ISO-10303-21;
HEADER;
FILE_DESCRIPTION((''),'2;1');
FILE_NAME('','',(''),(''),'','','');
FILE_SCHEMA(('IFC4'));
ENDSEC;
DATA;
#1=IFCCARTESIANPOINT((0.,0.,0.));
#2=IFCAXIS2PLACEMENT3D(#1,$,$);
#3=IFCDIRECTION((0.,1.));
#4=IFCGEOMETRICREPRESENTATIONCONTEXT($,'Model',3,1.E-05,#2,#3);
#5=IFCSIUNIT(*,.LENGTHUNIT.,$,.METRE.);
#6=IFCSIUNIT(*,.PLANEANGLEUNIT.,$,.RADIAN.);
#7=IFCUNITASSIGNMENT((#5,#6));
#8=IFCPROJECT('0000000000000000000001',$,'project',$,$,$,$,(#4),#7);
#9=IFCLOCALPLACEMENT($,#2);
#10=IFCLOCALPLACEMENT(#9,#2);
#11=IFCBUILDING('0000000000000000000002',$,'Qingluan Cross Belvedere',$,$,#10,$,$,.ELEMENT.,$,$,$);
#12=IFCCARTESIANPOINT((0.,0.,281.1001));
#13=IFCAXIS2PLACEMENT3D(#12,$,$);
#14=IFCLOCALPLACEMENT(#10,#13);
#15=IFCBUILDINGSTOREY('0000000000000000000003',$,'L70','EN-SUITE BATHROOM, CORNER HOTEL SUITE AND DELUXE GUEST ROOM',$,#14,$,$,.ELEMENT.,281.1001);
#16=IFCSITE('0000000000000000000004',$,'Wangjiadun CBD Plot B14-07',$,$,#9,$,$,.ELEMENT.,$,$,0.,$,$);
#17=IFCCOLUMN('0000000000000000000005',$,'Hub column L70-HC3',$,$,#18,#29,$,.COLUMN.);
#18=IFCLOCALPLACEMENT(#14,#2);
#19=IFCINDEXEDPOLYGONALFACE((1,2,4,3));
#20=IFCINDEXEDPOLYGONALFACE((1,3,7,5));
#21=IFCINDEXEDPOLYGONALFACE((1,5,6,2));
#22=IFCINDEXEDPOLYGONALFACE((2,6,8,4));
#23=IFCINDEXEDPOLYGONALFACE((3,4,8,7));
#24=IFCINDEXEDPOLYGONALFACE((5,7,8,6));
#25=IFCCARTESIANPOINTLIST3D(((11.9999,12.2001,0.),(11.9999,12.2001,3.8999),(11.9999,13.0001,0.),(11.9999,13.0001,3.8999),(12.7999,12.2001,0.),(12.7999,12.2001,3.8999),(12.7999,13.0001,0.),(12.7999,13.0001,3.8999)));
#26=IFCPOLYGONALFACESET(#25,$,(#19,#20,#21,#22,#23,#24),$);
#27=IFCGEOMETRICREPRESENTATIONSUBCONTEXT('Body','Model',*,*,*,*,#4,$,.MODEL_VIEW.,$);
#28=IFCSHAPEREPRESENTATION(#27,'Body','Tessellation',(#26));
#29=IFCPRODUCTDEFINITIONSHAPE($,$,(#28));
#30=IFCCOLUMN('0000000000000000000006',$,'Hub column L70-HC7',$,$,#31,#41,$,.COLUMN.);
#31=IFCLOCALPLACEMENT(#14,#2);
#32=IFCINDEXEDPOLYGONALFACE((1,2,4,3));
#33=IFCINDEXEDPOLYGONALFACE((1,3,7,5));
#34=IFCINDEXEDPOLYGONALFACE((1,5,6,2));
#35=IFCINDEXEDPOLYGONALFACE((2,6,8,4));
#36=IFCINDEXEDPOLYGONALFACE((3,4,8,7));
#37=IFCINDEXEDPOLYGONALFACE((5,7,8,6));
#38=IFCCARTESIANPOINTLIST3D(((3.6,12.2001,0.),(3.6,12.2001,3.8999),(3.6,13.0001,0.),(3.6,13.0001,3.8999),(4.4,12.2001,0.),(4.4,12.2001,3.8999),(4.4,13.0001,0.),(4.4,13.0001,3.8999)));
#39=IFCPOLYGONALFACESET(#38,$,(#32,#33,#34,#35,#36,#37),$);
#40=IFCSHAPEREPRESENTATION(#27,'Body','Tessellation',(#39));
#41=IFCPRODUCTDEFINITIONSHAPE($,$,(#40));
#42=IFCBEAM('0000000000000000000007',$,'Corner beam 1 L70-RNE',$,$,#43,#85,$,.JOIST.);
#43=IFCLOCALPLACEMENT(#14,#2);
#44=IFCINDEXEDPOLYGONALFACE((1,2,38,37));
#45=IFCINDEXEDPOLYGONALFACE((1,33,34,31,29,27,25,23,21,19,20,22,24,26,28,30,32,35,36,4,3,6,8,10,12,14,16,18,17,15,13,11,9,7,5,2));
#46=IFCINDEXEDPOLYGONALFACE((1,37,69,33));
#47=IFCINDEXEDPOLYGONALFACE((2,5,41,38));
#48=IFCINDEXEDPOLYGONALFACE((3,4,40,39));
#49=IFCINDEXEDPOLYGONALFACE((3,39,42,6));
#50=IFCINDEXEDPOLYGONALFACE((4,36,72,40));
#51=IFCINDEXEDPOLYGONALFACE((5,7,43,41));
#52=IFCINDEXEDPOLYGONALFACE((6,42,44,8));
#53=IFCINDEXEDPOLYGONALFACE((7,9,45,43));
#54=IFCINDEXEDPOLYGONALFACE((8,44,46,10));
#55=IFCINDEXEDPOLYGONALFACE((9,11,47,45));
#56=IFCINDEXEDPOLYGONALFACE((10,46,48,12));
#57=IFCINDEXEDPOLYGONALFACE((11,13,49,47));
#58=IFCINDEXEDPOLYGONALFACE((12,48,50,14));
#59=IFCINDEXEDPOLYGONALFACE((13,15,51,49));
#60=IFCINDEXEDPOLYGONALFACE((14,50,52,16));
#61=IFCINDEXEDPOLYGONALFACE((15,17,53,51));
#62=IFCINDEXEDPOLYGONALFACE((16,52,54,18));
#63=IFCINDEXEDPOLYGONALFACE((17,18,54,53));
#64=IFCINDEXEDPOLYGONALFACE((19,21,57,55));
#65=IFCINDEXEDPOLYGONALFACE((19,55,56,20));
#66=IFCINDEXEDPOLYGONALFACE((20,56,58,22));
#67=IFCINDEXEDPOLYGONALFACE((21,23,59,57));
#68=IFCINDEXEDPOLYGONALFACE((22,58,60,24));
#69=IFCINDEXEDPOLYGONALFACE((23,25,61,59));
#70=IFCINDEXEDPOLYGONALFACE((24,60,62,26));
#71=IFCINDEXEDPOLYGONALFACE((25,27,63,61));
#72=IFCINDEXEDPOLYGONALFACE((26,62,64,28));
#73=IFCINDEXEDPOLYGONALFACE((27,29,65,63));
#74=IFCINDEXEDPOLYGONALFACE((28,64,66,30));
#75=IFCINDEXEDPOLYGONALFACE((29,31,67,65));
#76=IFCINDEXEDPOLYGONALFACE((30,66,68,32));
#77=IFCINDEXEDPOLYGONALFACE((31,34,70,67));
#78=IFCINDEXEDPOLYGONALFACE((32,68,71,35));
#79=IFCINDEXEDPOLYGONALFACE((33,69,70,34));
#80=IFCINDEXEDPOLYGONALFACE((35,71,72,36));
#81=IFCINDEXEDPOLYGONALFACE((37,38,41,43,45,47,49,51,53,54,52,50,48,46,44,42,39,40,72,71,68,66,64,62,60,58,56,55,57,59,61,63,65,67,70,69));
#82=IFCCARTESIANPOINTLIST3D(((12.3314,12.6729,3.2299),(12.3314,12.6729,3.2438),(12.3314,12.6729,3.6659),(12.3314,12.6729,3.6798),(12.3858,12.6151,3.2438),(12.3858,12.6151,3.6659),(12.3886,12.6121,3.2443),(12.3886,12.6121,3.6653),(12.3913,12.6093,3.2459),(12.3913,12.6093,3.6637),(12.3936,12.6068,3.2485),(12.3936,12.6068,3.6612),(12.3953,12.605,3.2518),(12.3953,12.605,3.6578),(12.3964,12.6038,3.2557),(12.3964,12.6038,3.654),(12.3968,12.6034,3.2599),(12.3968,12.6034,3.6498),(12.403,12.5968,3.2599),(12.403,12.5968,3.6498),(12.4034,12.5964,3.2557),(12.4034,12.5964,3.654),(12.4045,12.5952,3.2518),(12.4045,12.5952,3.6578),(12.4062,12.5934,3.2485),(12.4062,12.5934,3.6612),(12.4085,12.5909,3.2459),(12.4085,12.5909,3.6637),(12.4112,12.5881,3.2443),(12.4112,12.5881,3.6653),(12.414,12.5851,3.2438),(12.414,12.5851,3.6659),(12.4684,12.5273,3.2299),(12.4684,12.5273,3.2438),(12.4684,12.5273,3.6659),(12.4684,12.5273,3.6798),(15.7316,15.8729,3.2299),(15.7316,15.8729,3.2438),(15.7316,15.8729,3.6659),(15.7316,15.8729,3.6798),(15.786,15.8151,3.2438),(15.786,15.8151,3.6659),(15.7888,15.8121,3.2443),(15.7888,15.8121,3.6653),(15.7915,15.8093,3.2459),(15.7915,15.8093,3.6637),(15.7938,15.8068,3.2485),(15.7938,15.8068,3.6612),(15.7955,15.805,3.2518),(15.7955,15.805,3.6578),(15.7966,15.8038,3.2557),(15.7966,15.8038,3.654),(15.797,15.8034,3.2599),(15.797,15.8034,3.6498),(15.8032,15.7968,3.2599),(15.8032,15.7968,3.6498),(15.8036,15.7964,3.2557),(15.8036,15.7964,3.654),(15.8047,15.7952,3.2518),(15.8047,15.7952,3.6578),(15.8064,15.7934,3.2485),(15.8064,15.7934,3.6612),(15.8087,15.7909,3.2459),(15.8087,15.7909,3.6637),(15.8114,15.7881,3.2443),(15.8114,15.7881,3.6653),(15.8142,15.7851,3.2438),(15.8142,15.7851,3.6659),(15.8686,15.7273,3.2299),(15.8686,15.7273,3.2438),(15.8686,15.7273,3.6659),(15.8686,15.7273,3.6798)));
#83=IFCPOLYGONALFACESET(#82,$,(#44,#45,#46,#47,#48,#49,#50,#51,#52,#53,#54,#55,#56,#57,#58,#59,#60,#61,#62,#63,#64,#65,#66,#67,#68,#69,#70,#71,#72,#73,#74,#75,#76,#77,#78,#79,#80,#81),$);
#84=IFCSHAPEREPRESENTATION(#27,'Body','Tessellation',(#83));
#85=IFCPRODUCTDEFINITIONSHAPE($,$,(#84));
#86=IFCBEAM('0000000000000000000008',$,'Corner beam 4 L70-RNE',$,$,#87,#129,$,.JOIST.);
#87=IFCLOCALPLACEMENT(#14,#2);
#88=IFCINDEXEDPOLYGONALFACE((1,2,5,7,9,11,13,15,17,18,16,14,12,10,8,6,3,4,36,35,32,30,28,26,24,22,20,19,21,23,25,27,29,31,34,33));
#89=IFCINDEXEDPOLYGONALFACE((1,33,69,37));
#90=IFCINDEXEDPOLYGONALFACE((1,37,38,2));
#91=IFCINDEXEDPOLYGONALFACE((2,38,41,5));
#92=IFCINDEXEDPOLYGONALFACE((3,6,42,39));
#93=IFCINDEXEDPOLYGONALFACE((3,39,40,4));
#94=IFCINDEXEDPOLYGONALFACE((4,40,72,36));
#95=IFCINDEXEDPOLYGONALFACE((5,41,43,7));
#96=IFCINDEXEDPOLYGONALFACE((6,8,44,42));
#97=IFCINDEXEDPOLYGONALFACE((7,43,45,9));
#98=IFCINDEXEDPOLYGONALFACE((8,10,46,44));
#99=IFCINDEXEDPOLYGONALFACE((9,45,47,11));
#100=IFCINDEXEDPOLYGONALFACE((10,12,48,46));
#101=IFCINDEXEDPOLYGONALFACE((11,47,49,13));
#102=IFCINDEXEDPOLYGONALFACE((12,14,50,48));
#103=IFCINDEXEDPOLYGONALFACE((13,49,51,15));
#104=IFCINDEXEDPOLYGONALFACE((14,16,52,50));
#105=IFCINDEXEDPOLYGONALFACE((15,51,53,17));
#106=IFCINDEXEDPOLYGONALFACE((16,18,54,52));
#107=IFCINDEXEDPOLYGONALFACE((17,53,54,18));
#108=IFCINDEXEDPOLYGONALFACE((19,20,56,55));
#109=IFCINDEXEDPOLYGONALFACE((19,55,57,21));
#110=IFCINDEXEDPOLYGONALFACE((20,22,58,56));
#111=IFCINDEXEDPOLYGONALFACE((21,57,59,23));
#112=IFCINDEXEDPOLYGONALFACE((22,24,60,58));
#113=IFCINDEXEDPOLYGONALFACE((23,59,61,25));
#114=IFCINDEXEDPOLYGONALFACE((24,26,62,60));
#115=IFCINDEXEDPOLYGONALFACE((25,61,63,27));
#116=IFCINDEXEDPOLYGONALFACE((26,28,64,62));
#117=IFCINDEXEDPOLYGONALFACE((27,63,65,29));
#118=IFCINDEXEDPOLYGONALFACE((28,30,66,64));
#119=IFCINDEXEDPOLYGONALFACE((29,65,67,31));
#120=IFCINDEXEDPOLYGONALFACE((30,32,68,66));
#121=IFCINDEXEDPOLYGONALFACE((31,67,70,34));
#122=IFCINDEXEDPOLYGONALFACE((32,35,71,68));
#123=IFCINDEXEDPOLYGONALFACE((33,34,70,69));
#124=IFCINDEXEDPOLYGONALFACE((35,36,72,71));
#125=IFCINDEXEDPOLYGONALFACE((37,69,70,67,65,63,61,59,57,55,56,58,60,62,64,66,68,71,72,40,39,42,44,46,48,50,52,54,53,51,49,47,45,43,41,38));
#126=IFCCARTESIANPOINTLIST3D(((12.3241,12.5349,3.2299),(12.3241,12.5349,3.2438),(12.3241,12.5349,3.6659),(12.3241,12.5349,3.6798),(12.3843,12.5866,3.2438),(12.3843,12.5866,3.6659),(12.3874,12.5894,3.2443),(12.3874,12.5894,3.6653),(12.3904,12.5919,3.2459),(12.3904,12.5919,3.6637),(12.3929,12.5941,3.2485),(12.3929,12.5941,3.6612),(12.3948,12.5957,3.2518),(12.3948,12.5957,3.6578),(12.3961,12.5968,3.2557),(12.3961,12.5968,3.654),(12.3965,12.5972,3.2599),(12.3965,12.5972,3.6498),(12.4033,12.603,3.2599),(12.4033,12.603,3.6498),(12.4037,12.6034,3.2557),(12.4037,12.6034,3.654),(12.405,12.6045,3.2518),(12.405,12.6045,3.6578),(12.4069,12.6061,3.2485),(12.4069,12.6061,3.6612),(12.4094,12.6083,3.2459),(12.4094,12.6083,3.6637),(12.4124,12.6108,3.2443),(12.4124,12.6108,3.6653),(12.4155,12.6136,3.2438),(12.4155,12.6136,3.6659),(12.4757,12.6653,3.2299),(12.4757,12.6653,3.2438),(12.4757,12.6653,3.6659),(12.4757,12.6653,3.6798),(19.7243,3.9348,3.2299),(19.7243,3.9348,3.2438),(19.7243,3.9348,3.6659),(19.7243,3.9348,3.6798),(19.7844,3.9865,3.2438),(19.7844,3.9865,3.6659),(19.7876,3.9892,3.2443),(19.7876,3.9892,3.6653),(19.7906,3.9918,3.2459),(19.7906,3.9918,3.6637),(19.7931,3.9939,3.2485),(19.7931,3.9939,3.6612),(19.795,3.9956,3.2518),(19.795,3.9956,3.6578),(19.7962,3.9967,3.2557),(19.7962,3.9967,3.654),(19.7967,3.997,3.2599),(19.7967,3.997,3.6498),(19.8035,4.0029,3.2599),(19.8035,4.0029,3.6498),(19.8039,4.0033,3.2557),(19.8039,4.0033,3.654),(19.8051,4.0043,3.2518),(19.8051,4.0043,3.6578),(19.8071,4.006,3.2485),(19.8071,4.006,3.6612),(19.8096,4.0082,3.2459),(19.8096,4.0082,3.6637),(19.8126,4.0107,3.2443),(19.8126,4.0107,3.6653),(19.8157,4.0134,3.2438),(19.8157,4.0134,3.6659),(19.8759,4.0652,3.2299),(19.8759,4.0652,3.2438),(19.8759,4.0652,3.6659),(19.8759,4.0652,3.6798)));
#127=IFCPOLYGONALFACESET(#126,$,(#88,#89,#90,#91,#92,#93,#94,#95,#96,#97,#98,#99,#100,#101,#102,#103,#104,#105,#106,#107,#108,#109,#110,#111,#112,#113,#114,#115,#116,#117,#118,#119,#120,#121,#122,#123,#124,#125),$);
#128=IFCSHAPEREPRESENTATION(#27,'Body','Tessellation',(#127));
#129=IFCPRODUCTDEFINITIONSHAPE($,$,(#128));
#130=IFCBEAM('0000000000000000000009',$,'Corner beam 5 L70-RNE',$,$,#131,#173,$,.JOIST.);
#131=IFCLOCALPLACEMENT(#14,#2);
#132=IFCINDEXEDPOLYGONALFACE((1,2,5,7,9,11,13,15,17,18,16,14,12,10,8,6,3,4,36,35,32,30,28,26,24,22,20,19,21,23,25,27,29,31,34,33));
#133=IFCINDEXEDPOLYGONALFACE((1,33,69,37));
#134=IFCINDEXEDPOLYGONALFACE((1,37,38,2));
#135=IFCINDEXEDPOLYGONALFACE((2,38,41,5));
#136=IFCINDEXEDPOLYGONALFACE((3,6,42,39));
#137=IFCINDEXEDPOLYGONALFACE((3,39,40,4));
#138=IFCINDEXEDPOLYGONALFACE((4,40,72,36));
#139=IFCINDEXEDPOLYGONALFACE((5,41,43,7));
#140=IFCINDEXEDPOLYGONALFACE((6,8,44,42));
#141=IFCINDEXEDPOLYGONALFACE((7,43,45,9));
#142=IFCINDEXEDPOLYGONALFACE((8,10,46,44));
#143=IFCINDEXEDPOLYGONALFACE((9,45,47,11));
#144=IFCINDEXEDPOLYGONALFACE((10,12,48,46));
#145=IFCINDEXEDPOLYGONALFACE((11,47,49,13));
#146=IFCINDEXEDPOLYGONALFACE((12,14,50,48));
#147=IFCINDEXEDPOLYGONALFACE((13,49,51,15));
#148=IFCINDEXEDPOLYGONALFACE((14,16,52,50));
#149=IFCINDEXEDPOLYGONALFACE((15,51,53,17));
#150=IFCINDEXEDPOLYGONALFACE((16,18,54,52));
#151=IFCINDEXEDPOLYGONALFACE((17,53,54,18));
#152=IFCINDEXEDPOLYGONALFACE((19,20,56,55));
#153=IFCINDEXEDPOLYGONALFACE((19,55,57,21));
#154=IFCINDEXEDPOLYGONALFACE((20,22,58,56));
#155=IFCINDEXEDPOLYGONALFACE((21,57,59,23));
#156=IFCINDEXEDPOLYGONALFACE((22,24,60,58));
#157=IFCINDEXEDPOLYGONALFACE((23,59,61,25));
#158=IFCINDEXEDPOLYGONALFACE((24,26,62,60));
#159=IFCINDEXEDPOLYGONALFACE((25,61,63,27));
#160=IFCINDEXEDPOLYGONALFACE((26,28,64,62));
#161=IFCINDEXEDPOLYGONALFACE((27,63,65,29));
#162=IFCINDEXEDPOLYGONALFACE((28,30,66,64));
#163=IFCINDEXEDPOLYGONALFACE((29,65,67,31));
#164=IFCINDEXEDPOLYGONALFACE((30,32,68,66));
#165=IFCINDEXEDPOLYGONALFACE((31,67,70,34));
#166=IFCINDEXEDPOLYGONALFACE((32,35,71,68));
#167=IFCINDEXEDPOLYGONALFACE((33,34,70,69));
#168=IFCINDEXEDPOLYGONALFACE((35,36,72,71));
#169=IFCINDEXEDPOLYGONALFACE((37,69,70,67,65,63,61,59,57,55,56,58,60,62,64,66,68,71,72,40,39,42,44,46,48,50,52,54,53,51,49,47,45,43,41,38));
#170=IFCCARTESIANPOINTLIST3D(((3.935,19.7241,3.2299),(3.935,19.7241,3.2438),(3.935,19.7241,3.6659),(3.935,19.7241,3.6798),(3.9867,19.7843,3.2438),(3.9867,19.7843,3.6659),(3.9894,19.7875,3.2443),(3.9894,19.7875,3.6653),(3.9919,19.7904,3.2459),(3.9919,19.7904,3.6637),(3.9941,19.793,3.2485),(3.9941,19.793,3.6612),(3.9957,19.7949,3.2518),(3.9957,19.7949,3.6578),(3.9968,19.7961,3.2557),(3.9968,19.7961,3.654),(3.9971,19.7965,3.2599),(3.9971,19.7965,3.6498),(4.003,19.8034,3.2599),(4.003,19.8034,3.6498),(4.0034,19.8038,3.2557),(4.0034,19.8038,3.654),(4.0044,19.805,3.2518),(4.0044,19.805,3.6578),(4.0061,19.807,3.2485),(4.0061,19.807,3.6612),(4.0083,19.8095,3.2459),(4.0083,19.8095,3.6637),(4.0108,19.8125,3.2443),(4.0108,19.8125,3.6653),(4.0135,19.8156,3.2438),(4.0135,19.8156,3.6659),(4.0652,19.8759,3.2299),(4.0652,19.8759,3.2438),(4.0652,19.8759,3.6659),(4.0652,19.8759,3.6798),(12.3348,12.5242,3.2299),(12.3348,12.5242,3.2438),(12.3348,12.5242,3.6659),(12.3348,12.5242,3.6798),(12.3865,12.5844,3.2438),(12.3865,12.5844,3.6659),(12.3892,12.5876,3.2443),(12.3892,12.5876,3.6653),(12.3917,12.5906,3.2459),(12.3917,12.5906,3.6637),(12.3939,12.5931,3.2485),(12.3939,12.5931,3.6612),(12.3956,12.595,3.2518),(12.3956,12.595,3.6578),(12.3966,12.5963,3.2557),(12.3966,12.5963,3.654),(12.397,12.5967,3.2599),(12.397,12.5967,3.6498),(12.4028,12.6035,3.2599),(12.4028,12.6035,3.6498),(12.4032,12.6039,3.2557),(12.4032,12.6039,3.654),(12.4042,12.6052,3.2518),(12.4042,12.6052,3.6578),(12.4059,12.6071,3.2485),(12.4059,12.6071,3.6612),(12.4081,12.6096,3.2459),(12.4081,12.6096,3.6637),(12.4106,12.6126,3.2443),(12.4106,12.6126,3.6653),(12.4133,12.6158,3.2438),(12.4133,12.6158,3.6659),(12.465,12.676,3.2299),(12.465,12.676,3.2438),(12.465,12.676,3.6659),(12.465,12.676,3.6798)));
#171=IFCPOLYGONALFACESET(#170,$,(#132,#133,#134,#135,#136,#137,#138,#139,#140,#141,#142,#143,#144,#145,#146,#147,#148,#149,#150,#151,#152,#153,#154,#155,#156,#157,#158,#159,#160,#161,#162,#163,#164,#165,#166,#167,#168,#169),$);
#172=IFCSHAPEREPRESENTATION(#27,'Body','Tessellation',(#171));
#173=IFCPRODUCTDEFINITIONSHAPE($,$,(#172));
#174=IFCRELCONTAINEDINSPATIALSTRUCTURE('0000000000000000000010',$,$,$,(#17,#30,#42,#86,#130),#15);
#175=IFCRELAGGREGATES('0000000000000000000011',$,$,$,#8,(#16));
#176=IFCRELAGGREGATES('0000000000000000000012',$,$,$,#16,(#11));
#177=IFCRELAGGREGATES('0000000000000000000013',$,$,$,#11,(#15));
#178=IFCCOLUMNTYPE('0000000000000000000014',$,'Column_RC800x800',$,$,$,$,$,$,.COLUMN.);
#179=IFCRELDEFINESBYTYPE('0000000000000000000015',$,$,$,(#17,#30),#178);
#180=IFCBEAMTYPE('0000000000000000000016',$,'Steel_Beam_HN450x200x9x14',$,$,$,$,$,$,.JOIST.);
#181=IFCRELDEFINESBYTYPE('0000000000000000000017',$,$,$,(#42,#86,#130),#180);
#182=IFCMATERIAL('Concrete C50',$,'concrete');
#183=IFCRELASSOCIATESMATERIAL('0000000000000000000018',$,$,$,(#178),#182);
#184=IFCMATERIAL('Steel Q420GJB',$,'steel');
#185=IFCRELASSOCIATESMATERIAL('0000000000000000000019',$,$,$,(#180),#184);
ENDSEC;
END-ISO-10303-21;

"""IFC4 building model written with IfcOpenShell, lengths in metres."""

from ifc_helpers import new_model, si_unit, direction, frame, origin, origin_2d, place, context, subcontext, project, spatial, rectangle, i_section, extrude, material, material_profile, profile_set, type_object, element, save


model = new_model("IFC4")

# Units and contexts
model_context = context("Model", 3, precision=1e-05, world=origin(), true_north=direction((0.0, 1.0)))
body_context = subcontext(model_context, "Body", "Model", "MODEL_VIEW")
ifc_project = project(units=[si_unit("LENGTHUNIT", "METRE"), si_unit("PLANEANGLEUNIT", "RADIAN")], contexts=[model_context])

# Site, building, storey
site_placement = place(None, origin())
site = spatial("IfcSite", under=ifc_project, at=site_placement, Name="Wangjiadun CBD Plot B14-07", CompositionType="ELEMENT", RefElevation=0.0)
building_placement = place(site_placement, origin())
building = spatial("IfcBuilding", under=site, at=building_placement, Name="Qingluan Cross Belvedere", CompositionType="ELEMENT")
storey_placement = place(building_placement, frame((0.0, 0.0, 281.1001)))
storey = spatial("IfcBuildingStorey", under=building, at=storey_placement, Name="L70", Description="EN-SUITE BATHROOM, CORNER HOTEL SUITE AND DELUXE GUEST ROOM", CompositionType="ELEMENT", Elevation=281.1001)

# Columns
ifc_material_1 = material(Name="Concrete C50", Category="concrete")
ifc_material_profile_1 = material_profile(ifc_material_1, rectangle(XDim=0.8, YDim=0.8, at=origin_2d()), Name="RC800x800")
ifc_profile_set_1 = profile_set([ifc_material_profile_1], Name="Concrete C50")
column_type = type_object("IfcColumnType", Name="Column_RC800x800", PredefinedType="COLUMN", material=ifc_profile_set_1)
for number, where, z_axis, x_axis, name in (
    (1, (12.3999, 12.6001, 0.0), (0.0, 0.0, 1.0), (1.0, 0.0, 0.0), "Hub column L70-HC3"),
    (2, (4.0, 12.6001, 0.0), (0.0, 0.0, 1.0), (1.0, 0.0, 0.0), "Hub column L70-HC7"),
):
    element("IfcColumn", number, at=place(storey_placement, frame(where, z_axis=z_axis, x_axis=x_axis)), inside=storey, type_object=column_type, Name=name, PredefinedType="COLUMN", context=body_context, shape_type="SweptSolid", body=[
        extrude(rectangle(XDim=0.8, YDim=0.8, at=origin_2d()), origin(), (0.0, 0.0, 1.0), 3.8999),
    ])

# Beams
ifc_material_2 = material(Name="Steel Q420GJB", Category="steel")
ifc_material_profile_2 = material_profile(ifc_material_2, i_section(OverallWidth=0.2, OverallDepth=0.45, WebThickness=0.009, FlangeThickness=0.0139, FilletRadius=0.0161, at=origin_2d()), Name="HN450x200x9x14")
ifc_profile_set_2 = profile_set([ifc_material_profile_2], Name="Steel Q420GJB")
beam_type_1 = type_object("IfcBeamType", Name="Steel_Beam_HN450x200x9x14", PredefinedType="JOIST", material=ifc_profile_set_2)
beam_1_placement = place(storey_placement, frame((12.3999, 12.6001, 3.4548), z_axis=(0.72822, 0.685343, 0.0), x_axis=(-0.685343, 0.72822, 0.0)))
element("IfcBeam", 3, at=beam_1_placement, inside=storey, type_object=beam_type_1, Name="Corner beam 1 L70-RNE", PredefinedType="JOIST", context=body_context, shape_type="SweptSolid", body=[
    extrude(i_section(OverallWidth=0.2, OverallDepth=0.45, WebThickness=0.009, FlangeThickness=0.0139, FilletRadius=0.0161, at=origin_2d()), origin(), (0.0, 0.0, 1.0), 4.6692),
])
beam_2_placement = place(storey_placement, frame((12.3999, 12.6001, 3.4548), z_axis=(0.652245, -0.758008, 0.0), x_axis=(0.758008, 0.652245, 0.0)))
element("IfcBeam", 4, at=beam_2_placement, inside=storey, type_object=beam_type_1, Name="Corner beam 4 L70-RNE", PredefinedType="JOIST", context=body_context, shape_type="SweptSolid", body=[
    extrude(i_section(OverallWidth=0.2, OverallDepth=0.45, WebThickness=0.009, FlangeThickness=0.0139, FilletRadius=0.0161, at=origin_2d()), origin(), (0.0, 0.0, 1.0), 11.3457),
])
beam_3_placement = place(storey_placement, frame((12.3999, 12.6001, 3.4548), z_axis=(-0.759255, 0.650793, 0.0), x_axis=(-0.650793, -0.759255, 0.0)))
element("IfcBeam", 5, at=beam_3_placement, inside=storey, type_object=beam_type_1, Name="Corner beam 5 L70-RNE", PredefinedType="JOIST", context=body_context, shape_type="SweptSolid", body=[
    extrude(i_section(OverallWidth=0.2, OverallDepth=0.45, WebThickness=0.009, FlangeThickness=0.0139, FilletRadius=0.0161, at=origin_2d()), origin(), (0.0, 0.0, 1.0), 11.0632),
])

save(model, "model.ifc")
